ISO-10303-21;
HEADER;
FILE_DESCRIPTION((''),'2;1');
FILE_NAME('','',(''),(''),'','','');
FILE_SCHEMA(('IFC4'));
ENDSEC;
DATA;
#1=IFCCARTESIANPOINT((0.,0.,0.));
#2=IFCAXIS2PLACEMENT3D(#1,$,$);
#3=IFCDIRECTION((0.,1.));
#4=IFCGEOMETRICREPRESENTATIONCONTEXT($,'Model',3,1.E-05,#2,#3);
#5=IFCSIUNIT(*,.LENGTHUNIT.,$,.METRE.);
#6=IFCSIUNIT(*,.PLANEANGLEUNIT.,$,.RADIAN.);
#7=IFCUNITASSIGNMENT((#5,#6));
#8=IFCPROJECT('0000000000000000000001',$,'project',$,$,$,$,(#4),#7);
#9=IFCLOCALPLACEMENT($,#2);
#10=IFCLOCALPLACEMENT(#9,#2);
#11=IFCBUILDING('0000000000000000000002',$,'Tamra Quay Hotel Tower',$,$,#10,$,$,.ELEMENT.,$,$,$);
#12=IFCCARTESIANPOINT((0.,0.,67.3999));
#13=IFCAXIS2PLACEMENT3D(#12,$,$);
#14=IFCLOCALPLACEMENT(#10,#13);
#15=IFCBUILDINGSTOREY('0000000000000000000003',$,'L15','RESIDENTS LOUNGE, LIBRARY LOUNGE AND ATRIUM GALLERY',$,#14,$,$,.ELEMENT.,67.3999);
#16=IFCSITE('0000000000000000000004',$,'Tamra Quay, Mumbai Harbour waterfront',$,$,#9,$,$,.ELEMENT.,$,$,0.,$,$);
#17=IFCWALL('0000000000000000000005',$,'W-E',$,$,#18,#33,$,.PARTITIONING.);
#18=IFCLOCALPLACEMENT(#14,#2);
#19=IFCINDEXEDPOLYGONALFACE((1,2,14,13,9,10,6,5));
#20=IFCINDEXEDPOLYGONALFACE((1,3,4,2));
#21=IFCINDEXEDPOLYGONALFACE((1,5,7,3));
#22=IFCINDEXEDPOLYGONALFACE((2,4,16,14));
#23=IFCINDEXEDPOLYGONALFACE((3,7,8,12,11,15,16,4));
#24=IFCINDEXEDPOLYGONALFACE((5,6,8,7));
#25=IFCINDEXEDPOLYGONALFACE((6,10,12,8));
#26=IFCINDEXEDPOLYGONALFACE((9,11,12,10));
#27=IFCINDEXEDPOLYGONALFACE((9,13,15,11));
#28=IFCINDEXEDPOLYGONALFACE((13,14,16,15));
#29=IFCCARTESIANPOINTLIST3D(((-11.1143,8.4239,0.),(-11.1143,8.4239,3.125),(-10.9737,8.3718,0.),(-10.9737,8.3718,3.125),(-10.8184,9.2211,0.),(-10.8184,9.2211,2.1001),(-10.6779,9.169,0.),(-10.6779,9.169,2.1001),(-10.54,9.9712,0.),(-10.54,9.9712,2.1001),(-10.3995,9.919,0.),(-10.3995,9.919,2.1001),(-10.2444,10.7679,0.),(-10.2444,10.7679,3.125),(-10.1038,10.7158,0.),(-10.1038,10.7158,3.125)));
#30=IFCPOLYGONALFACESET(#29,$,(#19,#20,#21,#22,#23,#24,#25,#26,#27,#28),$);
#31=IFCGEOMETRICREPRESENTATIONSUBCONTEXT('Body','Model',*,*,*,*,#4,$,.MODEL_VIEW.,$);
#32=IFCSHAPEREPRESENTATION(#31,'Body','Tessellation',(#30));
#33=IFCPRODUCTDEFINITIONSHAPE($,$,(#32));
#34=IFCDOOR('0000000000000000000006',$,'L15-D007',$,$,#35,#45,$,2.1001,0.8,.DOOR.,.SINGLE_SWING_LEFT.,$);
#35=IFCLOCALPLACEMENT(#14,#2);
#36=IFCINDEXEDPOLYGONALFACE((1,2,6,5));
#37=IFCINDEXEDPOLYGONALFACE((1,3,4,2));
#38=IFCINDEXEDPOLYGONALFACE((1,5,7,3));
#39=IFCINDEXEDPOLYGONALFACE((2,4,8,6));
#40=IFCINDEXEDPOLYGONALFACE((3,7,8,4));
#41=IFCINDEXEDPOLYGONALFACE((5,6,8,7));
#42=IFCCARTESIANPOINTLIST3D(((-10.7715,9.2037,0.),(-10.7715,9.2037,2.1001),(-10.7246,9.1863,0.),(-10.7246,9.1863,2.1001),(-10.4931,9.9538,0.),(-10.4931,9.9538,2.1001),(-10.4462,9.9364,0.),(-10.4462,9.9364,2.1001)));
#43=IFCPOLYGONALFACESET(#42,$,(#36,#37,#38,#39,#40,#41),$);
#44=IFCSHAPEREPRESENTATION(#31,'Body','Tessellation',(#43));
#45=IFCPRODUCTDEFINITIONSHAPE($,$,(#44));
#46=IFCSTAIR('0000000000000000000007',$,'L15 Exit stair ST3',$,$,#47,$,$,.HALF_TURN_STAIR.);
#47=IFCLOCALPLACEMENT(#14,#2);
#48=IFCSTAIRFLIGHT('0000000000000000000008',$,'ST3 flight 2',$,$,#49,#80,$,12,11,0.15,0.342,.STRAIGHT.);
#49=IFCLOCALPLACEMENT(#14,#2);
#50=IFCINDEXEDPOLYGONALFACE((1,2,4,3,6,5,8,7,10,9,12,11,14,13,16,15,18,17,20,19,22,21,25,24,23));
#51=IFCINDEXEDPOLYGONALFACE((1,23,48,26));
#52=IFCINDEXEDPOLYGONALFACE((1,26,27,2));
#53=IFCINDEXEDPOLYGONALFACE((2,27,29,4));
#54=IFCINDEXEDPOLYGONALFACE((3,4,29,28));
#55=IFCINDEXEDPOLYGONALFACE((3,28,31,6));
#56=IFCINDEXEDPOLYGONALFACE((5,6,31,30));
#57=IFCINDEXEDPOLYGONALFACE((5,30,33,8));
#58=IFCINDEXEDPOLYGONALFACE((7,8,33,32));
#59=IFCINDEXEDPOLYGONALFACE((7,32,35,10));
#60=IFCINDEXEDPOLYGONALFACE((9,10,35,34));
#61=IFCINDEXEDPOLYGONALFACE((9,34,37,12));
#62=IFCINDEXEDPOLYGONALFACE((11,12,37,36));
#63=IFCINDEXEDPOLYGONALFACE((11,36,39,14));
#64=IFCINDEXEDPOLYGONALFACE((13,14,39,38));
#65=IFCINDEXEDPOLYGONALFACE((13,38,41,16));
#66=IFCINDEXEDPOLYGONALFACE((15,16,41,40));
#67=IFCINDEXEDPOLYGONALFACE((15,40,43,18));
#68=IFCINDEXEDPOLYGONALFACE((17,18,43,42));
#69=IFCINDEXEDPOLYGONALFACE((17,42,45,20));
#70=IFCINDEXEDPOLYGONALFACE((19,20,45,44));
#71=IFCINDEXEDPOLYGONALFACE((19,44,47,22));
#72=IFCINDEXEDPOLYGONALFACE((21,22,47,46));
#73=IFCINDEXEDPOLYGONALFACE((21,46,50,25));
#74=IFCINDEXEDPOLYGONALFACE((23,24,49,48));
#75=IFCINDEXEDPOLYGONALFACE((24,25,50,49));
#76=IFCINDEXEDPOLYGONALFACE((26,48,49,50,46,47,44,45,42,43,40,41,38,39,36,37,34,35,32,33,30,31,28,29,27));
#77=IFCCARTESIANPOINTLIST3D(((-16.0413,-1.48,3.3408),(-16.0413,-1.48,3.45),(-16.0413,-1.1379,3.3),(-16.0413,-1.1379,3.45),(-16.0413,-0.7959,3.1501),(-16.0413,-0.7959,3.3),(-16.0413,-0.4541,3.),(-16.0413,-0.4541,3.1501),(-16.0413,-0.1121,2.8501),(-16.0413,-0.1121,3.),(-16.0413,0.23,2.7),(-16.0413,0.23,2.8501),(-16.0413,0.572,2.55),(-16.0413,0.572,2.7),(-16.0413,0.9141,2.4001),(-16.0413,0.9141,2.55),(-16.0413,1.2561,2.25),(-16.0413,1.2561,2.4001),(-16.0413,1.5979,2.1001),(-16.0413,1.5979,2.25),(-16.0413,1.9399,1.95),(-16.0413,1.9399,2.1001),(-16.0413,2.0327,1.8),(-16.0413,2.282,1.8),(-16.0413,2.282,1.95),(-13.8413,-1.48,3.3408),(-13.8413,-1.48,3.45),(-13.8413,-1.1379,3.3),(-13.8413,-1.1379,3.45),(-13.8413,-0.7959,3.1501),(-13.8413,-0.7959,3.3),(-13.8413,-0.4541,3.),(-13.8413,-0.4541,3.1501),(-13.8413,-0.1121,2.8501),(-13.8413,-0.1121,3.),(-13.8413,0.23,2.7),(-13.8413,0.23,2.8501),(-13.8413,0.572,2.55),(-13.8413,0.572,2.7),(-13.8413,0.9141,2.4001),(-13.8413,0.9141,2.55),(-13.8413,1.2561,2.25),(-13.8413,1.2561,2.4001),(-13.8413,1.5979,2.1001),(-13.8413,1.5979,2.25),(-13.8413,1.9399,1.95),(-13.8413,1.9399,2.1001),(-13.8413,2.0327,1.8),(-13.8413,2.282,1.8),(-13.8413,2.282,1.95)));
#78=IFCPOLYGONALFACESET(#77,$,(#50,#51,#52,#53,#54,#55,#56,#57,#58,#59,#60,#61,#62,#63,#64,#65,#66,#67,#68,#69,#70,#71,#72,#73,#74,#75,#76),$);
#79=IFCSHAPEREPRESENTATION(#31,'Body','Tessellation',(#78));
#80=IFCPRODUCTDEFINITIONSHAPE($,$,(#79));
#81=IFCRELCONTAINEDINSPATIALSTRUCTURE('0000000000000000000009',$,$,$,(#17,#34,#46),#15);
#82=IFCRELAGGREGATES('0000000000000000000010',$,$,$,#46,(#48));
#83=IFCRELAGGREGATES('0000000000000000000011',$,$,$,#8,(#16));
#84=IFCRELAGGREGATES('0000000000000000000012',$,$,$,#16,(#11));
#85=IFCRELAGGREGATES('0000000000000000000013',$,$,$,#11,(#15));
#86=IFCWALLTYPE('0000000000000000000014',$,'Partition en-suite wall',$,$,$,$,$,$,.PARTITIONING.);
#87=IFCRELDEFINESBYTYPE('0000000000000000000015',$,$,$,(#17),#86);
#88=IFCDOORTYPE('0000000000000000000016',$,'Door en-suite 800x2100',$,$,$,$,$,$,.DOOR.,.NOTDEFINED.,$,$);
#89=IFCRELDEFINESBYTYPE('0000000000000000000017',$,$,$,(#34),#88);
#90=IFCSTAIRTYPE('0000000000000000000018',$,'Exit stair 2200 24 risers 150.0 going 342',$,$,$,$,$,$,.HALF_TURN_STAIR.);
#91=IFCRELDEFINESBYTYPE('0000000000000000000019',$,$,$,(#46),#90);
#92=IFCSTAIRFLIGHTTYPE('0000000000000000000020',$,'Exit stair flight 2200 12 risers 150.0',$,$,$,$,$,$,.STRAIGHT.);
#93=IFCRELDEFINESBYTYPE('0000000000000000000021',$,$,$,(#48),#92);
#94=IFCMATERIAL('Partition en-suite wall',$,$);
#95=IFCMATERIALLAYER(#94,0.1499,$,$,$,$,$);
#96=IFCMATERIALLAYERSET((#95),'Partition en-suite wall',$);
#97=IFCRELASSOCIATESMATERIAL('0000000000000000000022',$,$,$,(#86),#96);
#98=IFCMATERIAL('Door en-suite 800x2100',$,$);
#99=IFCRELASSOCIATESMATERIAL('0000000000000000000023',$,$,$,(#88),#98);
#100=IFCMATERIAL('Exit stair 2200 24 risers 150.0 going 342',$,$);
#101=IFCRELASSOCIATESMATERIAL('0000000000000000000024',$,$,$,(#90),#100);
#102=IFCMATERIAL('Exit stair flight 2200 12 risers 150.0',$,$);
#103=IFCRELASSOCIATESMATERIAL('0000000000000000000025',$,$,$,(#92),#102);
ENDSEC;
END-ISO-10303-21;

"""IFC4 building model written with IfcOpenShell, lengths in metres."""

from ifc_helpers import new_model, si_unit, direction, frame, frame_2d, origin, place, context, subcontext, project, spatial, polyline, rectangle, outline, extrude, material, layer, layer_set, type_object, element, fill, aggregate, save


model = new_model("IFC4")

# Units and contexts
model_context = context("Model", 3, precision=1e-05, world=origin(), true_north=direction((0.0, 1.0)))
body_context = subcontext(model_context, "Body", "Model", "MODEL_VIEW")
ifc_project = project(units=[si_unit("LENGTHUNIT", "METRE"), si_unit("PLANEANGLEUNIT", "RADIAN")], contexts=[model_context])

# Site, building, storey
site_placement = place(None, origin())
site = spatial("IfcSite", under=ifc_project, at=site_placement, Name="Tamra Quay, Mumbai Harbour waterfront", CompositionType="ELEMENT", RefElevation=0.0)
building_placement = place(site_placement, origin())
building = spatial("IfcBuilding", under=site, at=building_placement, Name="Tamra Quay Hotel Tower", CompositionType="ELEMENT")
storey_placement = place(building_placement, frame((0.0, 0.0, 67.3999)))
storey = spatial("IfcBuildingStorey", under=building, at=storey_placement, Name="L15", Description="RESIDENTS LOUNGE, LIBRARY LOUNGE AND ATRIUM GALLERY", CompositionType="ELEMENT", Elevation=67.3999)

# Shared definitions
ifc_material_1 = material(Name="Partition en-suite wall")
ifc_layer_1 = layer(ifc_material_1, 0.1499)
ifc_layer_set_1 = layer_set([ifc_layer_1], Name="Partition en-suite wall")
wall_type_1 = type_object("IfcWallType", Name="Partition en-suite wall", PredefinedType="PARTITIONING", material=ifc_layer_set_1)

# Wall, opening, door
wall_1_placement = place(storey_placement, frame((-11.0439, 8.3979, 0.0), z_axis=(0.0, 0.0, 1.0), x_axis=(0.347922, 0.937524, 0.0)))
wall_1 = element("IfcWall", 1, at=wall_1_placement, inside=storey, type_object=wall_type_1, Name="W-E", PredefinedType="PARTITIONING", context=body_context, shape_type="SweptSolid", body=[
    extrude(rectangle(XDim=2.5002, YDim=0.1499, at=frame_2d((1.25, 0.0))), origin(), (0.0, 0.0, 1.0), 3.125),
])
opening_1_placement = place(wall_1_placement, frame((0.8503, 0.0, 0.0)))
opening_1 = element("IfcOpeningElement", 2, at=opening_1_placement, cuts=wall_1, PredefinedType="OPENING", context=body_context, shape_type="SweptSolid", body=[
    extrude(rectangle(XDim=0.8, YDim=2.1001, at=frame_2d((0.3999, 1.05))), frame((0.0, 0.085, 0.0), z_axis=(0.0, -1.0, 0.0), x_axis=(1.0, 0.0, 0.0)), (0.0, 0.0, 1.0), 0.1699),
])
ifc_material_2 = material(Name="Door en-suite 800x2100")
door_type_1 = type_object("IfcDoorType", Name="Door en-suite 800x2100", OperationType="NOTDEFINED", PredefinedType="DOOR", material=ifc_material_2)
door_1_placement = place(opening_1_placement, origin())
door_1 = element("IfcDoor", 3, at=door_1_placement, inside=storey, type_object=door_type_1, Name="L15-D007", OperationType="SINGLE_SWING_LEFT", OverallHeight=2.1001, OverallWidth=0.8, PredefinedType="DOOR", context=body_context, shape_type="SweptSolid", body=[
    extrude(rectangle(XDim=0.8, YDim=2.1001, at=frame_2d((0.3999, 1.05))), frame((0.0, 0.0249, 0.0), z_axis=(0.0, -1.0, 0.0), x_axis=(1.0, 0.0, 0.0)), (0.0, 0.0, 1.0), 0.05),
])
fill(opening_1, door_1)

# Stair, stair flight
ifc_material_3 = material(Name="Exit stair 2200 24 risers 150.0 going 342")
stair_type = type_object("IfcStairType", Name="Exit stair 2200 24 risers 150.0 going 342", PredefinedType="HALF_TURN_STAIR", material=ifc_material_3)
stair_placement = place(storey_placement, origin())
stair = element("IfcStair", 4, at=stair_placement, inside=storey, type_object=stair_type, Name="L15 Exit stair ST3", PredefinedType="HALF_TURN_STAIR")
ifc_material_4 = material(Name="Exit stair flight 2200 12 risers 150.0")
stair_flight_type = type_object("IfcStairFlightType", Name="Exit stair flight 2200 12 risers 150.0", PredefinedType="STRAIGHT", material=ifc_material_4)
stair_flight_placement = place(storey_placement, frame((-14.9414, 2.282, 1.8), z_axis=(0.0, 0.0, 1.0), x_axis=(0.0, -1.0, 0.0)))
stair_flight = element("IfcStairFlight", 5, at=stair_flight_placement, type_object=stair_flight_type, Name="ST3 flight 2", NumberOfRisers=12, NumberOfTreads=11, PredefinedType="STRAIGHT", RiserHeight=0.15, TreadLength=0.342, context=body_context, shape_type="SweptSolid", body=[
    extrude(outline(polyline([(0.0, 0.0), (0.0, 0.1499), (0.342, 0.1499), (0.342, 0.3), (0.6841, 0.3), (0.6841, 0.45), (1.0259, 0.45), (1.0259, 0.6001), (1.3679, 0.6001), (1.3679, 0.75), (1.71, 0.75), (1.71, 0.8999), (2.052, 0.8999), (2.052, 1.05), (2.394, 1.05), (2.394, 1.2), (2.7361, 1.2), (2.7361, 1.3501), (3.0779, 1.3501), (3.0779, 1.5), (3.4199, 1.5), (3.4199, 1.6499), (3.762, 1.6499), (3.762, 1.8), (3.762, 1.5408), (0.2493, 0.0), (0.0, 0.0)])), frame((0.0, 1.1001, 0.0), z_axis=(0.0, -1.0, 0.0), x_axis=(1.0, 0.0, 0.0)), (0.0, 0.0, 1.0), 2.2),
])
aggregate(stair, [stair_flight])

save(model, "model.ifc")
